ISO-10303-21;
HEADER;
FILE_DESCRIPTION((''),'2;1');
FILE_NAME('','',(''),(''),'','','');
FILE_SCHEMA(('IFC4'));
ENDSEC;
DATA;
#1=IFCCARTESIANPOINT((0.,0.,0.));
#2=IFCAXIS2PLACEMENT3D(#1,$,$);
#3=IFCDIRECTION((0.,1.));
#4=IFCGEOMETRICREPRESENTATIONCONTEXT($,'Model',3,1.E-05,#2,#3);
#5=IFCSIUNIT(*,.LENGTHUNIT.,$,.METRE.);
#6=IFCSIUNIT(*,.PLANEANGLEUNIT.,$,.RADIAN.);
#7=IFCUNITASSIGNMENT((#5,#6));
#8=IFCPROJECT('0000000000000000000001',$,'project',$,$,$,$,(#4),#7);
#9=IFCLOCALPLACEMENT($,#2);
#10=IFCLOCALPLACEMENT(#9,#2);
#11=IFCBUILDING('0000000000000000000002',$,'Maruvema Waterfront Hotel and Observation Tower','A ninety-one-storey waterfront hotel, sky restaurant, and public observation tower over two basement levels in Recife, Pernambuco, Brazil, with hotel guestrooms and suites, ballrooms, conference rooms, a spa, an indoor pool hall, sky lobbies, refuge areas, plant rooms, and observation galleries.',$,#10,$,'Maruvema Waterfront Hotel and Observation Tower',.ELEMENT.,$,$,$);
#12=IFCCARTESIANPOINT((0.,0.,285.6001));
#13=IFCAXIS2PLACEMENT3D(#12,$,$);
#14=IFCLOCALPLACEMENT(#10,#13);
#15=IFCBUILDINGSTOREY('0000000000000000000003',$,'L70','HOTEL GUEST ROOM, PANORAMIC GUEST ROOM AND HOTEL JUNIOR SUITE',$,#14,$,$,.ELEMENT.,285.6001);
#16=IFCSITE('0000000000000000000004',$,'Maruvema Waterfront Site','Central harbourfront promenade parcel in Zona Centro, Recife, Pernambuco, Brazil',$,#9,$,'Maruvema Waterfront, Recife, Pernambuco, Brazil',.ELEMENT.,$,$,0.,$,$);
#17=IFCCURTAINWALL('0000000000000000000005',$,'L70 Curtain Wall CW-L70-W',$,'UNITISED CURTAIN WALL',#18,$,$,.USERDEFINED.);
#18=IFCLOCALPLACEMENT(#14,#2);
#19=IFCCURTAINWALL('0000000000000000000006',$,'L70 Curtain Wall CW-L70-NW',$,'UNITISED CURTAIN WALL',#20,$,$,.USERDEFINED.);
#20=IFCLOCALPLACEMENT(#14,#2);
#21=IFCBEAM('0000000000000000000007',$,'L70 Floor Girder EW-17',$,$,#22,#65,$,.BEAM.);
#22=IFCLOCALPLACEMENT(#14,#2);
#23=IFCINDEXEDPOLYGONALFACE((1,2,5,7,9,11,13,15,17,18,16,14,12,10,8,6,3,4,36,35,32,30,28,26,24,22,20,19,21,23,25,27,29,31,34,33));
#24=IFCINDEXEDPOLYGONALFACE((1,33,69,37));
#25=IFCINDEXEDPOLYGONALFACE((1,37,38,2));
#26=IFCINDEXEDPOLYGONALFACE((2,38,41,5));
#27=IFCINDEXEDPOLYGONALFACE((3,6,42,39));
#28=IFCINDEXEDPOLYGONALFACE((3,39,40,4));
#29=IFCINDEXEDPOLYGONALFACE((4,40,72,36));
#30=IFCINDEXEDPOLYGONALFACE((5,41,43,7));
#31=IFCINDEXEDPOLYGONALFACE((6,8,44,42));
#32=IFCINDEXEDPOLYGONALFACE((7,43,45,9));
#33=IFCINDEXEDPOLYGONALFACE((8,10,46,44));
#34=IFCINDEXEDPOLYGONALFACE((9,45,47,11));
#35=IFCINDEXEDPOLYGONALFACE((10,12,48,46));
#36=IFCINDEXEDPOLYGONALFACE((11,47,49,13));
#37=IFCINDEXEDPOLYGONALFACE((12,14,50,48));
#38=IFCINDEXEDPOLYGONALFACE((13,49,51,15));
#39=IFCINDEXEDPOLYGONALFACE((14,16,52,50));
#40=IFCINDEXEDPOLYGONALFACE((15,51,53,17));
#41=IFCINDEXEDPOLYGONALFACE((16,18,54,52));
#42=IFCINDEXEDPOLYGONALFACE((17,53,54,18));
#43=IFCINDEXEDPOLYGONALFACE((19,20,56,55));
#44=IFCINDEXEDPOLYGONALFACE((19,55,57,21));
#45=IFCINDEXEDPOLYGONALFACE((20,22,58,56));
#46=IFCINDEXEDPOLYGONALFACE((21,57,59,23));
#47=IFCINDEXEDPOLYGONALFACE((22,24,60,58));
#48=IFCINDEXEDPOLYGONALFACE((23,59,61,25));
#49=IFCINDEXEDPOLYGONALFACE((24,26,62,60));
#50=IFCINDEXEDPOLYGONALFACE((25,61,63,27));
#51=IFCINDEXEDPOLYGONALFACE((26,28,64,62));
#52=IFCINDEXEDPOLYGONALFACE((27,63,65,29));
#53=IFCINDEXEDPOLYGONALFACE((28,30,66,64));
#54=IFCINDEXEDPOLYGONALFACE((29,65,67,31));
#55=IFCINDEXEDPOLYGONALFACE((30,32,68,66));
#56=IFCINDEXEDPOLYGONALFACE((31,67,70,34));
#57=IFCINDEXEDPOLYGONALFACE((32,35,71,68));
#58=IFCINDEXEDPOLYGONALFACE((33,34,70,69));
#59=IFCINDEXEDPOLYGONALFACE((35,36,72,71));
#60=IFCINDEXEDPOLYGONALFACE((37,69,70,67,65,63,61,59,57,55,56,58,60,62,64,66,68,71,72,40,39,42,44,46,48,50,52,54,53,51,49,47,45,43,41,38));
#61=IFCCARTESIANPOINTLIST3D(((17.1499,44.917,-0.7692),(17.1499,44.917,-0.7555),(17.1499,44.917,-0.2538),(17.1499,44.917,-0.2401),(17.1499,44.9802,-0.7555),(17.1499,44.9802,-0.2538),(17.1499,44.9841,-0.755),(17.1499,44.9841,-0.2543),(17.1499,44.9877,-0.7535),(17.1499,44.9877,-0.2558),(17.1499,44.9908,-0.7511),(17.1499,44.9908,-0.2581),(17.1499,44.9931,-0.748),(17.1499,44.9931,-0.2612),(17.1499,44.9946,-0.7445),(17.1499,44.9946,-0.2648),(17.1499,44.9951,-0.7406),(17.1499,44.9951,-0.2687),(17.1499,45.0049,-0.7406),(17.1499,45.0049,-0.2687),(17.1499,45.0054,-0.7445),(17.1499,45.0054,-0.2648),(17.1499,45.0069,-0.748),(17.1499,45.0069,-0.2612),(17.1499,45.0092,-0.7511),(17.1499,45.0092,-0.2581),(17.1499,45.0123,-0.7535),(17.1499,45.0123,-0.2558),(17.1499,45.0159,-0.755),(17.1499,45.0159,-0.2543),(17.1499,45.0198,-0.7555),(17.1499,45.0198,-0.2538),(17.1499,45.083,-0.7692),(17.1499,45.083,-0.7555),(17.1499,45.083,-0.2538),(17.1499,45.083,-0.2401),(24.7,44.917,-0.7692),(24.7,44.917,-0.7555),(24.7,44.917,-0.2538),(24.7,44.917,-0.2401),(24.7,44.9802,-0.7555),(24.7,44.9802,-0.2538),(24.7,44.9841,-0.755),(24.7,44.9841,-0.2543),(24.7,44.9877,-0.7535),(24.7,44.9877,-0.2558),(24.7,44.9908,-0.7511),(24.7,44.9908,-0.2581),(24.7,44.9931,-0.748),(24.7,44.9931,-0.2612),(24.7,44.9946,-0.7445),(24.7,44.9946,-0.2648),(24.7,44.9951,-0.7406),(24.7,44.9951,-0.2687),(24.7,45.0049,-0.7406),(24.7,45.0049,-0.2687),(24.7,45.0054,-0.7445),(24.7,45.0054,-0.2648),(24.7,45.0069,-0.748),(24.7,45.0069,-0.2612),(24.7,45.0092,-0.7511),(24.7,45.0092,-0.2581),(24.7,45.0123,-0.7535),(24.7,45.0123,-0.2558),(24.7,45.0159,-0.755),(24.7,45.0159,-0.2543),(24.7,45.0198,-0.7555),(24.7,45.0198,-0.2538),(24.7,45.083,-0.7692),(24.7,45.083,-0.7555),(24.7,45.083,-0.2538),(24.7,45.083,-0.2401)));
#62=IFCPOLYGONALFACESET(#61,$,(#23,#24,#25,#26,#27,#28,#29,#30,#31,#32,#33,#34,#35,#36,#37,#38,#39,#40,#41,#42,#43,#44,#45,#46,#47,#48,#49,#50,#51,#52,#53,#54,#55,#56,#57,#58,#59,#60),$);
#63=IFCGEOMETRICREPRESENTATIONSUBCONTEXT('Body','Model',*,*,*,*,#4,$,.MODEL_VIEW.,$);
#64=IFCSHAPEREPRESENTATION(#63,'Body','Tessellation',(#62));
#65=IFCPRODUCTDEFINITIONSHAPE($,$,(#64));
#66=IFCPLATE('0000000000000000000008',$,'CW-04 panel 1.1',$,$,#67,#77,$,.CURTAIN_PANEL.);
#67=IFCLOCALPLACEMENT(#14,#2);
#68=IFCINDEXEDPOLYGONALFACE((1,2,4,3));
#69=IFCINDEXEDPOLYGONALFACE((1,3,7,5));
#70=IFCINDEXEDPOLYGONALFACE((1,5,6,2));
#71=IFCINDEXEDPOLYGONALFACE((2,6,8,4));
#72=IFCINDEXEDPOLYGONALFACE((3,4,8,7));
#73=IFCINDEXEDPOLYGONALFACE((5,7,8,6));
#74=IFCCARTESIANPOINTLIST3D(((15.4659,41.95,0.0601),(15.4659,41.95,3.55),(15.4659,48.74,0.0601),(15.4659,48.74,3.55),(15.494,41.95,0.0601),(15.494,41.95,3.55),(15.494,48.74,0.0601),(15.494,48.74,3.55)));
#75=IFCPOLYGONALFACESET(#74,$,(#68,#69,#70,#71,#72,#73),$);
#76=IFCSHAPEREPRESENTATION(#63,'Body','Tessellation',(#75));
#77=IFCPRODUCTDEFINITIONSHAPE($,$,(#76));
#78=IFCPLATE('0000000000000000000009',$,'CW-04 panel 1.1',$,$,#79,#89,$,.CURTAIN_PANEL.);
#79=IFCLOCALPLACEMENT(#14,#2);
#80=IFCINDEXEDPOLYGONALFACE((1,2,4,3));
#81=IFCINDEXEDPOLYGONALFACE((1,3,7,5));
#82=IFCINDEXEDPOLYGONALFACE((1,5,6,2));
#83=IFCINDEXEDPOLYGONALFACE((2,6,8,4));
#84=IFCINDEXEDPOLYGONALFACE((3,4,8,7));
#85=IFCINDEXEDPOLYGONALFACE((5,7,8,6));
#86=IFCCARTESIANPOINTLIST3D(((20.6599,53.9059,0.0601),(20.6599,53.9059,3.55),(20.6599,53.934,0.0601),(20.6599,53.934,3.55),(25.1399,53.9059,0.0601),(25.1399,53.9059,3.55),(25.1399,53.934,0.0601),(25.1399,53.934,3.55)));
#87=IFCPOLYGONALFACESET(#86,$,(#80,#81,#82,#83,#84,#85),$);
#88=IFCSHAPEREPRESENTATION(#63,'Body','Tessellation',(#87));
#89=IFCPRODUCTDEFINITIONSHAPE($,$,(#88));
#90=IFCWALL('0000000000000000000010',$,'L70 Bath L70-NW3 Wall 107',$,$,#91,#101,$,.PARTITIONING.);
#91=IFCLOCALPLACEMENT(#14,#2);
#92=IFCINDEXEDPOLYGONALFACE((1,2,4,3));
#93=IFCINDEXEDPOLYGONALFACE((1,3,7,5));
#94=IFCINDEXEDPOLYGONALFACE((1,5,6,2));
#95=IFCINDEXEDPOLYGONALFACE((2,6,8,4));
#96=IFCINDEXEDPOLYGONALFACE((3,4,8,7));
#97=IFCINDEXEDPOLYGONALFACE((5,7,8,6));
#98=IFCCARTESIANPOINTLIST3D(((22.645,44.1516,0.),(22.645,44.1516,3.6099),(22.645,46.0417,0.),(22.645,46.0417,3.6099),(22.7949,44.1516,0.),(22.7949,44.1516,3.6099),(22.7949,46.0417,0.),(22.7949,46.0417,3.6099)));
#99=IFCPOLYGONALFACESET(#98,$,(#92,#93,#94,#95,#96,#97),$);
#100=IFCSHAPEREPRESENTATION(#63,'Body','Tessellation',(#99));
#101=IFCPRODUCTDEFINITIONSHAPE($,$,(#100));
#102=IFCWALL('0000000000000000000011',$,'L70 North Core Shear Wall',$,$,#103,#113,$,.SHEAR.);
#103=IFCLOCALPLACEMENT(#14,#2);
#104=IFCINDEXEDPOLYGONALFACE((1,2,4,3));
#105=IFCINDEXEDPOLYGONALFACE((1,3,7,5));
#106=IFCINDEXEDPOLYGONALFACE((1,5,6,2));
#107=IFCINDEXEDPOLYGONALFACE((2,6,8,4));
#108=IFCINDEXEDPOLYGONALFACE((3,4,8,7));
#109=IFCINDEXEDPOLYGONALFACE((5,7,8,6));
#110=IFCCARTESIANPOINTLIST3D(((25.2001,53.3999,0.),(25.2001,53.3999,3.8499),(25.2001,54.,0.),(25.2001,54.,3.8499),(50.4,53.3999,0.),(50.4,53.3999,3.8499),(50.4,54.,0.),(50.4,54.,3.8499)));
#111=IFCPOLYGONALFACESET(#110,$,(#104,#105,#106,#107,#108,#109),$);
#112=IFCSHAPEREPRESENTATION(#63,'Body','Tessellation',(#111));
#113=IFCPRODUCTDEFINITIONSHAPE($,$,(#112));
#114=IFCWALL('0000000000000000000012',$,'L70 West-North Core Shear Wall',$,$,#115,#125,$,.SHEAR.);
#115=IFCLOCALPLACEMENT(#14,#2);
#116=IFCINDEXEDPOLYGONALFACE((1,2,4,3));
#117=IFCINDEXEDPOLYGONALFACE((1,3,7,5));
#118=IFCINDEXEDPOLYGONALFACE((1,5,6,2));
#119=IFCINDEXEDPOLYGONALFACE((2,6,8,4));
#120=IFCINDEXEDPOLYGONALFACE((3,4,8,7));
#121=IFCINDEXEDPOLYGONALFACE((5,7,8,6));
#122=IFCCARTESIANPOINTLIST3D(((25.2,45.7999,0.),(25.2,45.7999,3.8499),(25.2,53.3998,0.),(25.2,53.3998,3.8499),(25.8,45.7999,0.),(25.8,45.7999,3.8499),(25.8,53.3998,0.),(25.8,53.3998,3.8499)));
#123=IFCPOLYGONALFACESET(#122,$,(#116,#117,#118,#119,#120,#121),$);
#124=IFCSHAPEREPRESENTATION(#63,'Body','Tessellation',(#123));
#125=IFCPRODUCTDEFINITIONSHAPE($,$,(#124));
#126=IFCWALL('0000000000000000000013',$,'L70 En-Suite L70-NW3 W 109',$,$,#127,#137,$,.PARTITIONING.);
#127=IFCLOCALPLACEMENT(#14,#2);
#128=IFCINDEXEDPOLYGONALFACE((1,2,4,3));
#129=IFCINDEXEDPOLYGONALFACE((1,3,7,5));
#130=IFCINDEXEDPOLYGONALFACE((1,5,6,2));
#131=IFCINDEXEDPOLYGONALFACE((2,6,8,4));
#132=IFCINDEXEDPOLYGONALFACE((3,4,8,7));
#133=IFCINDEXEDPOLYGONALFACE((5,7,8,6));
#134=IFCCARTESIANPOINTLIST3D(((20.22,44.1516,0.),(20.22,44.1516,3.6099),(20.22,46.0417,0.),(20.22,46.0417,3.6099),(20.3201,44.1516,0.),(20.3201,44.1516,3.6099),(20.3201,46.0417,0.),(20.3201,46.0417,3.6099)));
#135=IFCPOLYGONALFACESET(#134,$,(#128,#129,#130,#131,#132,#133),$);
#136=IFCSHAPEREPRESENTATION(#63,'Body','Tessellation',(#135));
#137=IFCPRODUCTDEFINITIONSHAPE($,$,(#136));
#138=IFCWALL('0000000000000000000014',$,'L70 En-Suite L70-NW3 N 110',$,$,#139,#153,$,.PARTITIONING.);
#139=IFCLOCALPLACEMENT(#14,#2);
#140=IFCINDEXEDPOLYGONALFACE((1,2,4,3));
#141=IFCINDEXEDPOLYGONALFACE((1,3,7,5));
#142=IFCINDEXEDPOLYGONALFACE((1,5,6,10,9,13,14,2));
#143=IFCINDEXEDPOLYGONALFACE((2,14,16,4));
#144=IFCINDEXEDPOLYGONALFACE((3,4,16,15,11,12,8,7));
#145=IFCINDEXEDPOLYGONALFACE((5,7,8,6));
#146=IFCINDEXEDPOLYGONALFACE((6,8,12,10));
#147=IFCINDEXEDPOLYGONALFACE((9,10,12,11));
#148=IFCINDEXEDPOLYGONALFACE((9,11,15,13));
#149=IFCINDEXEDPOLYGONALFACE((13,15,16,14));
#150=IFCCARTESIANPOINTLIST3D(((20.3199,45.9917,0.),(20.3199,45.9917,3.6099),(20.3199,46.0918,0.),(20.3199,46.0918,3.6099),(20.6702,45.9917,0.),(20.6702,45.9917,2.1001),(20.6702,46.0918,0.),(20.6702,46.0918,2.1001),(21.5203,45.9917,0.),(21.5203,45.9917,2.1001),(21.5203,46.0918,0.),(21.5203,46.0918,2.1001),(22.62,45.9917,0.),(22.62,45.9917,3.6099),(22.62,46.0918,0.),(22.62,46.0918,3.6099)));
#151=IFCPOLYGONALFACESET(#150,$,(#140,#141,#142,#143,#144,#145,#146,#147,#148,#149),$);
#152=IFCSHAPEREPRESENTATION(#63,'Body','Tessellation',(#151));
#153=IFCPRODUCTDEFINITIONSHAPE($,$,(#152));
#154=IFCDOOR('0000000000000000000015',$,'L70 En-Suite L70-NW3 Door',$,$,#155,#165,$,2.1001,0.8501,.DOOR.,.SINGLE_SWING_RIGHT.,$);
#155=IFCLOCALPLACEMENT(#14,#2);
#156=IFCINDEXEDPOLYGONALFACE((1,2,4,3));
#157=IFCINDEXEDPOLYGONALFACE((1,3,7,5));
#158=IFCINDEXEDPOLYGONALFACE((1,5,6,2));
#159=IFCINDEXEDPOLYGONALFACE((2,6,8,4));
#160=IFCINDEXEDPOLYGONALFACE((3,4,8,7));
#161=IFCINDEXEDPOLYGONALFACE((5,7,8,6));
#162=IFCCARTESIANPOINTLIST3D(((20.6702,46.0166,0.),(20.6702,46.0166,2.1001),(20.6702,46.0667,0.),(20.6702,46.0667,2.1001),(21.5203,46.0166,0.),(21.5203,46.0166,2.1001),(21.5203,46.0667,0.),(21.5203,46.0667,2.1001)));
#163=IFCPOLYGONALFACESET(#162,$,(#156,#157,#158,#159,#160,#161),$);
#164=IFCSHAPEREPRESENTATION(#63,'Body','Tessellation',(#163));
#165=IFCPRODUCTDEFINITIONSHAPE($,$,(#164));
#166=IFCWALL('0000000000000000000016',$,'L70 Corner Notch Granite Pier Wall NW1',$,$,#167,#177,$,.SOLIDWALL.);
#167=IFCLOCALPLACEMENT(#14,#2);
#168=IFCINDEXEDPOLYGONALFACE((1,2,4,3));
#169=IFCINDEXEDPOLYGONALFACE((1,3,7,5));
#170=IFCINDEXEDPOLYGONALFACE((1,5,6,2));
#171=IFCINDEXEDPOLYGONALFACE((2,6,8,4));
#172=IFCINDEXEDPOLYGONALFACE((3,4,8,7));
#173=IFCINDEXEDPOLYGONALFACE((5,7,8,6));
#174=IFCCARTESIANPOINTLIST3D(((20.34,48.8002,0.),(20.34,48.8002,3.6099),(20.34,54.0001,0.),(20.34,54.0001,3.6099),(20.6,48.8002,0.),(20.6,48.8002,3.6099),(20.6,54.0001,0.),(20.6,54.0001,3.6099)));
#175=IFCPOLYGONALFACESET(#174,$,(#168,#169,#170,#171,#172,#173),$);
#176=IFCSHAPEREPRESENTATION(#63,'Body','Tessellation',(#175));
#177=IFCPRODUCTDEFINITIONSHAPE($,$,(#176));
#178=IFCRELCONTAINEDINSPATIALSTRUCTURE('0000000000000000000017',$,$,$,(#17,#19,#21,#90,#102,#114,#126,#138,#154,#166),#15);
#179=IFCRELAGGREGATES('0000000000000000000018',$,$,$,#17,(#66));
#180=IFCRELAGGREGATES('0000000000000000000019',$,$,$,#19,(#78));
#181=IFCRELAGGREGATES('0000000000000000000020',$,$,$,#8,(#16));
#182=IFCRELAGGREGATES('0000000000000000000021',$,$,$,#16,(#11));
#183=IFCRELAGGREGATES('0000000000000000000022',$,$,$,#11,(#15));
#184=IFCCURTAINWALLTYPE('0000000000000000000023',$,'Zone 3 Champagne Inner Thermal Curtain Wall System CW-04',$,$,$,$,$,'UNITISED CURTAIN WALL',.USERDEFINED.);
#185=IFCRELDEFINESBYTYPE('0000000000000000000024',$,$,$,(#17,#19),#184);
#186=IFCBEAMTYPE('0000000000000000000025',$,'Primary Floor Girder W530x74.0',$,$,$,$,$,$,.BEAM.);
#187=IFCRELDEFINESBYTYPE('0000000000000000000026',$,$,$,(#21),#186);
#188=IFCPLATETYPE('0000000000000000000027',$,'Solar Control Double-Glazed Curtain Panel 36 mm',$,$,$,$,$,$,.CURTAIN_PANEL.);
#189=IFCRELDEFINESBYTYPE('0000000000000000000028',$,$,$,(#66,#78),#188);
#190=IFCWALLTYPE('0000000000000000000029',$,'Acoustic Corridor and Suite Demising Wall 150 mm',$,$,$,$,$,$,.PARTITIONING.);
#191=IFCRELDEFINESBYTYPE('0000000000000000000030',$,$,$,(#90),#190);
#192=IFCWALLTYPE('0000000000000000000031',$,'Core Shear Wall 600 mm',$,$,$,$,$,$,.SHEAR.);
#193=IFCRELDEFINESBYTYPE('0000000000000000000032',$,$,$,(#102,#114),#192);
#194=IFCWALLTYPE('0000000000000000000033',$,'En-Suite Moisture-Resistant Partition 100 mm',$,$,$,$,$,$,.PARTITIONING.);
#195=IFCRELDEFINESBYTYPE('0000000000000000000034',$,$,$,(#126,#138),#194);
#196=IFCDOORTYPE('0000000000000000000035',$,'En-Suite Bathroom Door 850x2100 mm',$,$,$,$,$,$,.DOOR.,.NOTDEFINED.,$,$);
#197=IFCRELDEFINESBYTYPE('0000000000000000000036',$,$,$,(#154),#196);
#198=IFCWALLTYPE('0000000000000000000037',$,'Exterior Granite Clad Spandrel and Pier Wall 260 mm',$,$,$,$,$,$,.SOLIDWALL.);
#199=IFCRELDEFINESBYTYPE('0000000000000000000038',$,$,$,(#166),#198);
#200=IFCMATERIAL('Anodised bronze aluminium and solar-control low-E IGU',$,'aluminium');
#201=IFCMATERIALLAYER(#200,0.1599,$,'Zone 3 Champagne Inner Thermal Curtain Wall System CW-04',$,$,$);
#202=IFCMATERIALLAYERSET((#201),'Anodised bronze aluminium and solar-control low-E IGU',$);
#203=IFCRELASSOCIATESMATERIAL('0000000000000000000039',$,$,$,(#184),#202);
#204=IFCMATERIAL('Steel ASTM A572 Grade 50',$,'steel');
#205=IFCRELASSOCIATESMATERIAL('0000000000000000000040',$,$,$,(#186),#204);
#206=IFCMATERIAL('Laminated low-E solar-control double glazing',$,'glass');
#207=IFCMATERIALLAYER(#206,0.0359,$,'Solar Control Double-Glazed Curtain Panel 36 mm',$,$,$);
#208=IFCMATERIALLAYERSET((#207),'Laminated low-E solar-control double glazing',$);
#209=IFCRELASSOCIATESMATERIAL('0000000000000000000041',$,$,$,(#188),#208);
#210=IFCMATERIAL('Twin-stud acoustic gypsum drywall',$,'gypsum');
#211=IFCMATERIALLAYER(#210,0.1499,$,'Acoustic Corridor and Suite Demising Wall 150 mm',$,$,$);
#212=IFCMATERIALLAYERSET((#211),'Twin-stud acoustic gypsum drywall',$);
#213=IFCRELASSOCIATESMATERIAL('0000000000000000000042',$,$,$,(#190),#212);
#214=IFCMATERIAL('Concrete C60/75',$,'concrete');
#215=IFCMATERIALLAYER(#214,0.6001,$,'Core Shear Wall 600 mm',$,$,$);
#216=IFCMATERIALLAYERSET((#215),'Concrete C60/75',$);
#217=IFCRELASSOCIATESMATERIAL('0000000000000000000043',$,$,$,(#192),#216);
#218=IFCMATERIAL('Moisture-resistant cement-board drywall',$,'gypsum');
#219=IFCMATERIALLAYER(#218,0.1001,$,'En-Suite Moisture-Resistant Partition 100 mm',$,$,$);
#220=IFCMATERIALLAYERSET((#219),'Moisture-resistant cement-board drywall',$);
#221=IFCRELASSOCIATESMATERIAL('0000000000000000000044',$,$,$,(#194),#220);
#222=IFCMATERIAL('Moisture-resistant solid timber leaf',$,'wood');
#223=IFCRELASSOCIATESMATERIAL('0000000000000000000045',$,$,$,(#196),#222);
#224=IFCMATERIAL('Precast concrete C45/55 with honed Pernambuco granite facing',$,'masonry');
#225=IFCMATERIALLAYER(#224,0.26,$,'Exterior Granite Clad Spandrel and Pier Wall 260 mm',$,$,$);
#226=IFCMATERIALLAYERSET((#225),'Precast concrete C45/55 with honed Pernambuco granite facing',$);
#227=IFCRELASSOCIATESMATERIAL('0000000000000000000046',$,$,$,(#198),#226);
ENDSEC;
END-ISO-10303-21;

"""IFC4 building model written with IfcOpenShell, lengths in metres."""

from ifc_helpers import new_model, si_unit, direction, frame, frame_2d, origin, origin_2d, place, context, subcontext, project, spatial, rectangle, i_section, extrude, material, layer, layer_set, material_profile, profile_set, type_object, element, fill, aggregate, save


model = new_model("IFC4")

# Units and contexts
model_context = context("Model", 3, precision=1e-05, world=origin(), true_north=direction((0.0, 1.0)))
body_context = subcontext(model_context, "Body", "Model", "MODEL_VIEW")
ifc_project = project(units=[si_unit("LENGTHUNIT", "METRE"), si_unit("PLANEANGLEUNIT", "RADIAN")], contexts=[model_context])

# Site, building, storey
site_placement = place(None, origin())
site = spatial("IfcSite", under=ifc_project, at=site_placement, Name="Maruvema Waterfront Site", Description="Central harbourfront promenade parcel in Zona Centro, Recife, Pernambuco, Brazil", LongName="Maruvema Waterfront, Recife, Pernambuco, Brazil", CompositionType="ELEMENT", RefElevation=0.0)
building_placement = place(site_placement, origin())
building = spatial("IfcBuilding", under=site, at=building_placement, Name="Maruvema Waterfront Hotel and Observation Tower", Description="A ninety-one-storey waterfront hotel, sky restaurant, and public observation tower over two basement levels in Recife, Pernambuco, Brazil, with hotel guestrooms and suites, ballrooms, conference rooms, a spa, an indoor pool hall, sky lobbies, refuge areas, plant rooms, and observation galleries.", LongName="Maruvema Waterfront Hotel and Observation Tower", CompositionType="ELEMENT")
storey_placement = place(building_placement, frame((0.0, 0.0, 285.6001)))
storey = spatial("IfcBuildingStorey", under=building, at=storey_placement, Name="L70", Description="HOTEL GUEST ROOM, PANORAMIC GUEST ROOM AND HOTEL JUNIOR SUITE", CompositionType="ELEMENT", Elevation=285.6001)

# Curtain walls
ifc_material_1 = material(Name="Anodised bronze aluminium and solar-control low-E IGU", Category="aluminium")
ifc_layer_1 = layer(ifc_material_1, 0.1599, Name="Zone 3 Champagne Inner Thermal Curtain Wall System CW-04")
ifc_layer_set_1 = layer_set([ifc_layer_1], Name="Anodised bronze aluminium and solar-control low-E IGU")
curtain_wall_type = type_object("IfcCurtainWallType", Name="Zone 3 Champagne Inner Thermal Curtain Wall System CW-04", ElementType="UNITISED CURTAIN WALL", PredefinedType="USERDEFINED", material=ifc_layer_set_1)
curtain_wall_1_placement = place(storey_placement, origin())
curtain_wall_1 = element("IfcCurtainWall", 1, at=curtain_wall_1_placement, inside=storey, type_object=curtain_wall_type, Name="L70 Curtain Wall CW-L70-W", ObjectType="UNITISED CURTAIN WALL", PredefinedType="USERDEFINED")
curtain_wall_2_placement = place(storey_placement, origin())
curtain_wall_2 = element("IfcCurtainWall", 2, at=curtain_wall_2_placement, inside=storey, type_object=curtain_wall_type, Name="L70 Curtain Wall CW-L70-NW", ObjectType="UNITISED CURTAIN WALL", PredefinedType="USERDEFINED")

# Beam
ifc_material_2 = material(Name="Steel ASTM A572 Grade 50", Category="steel")
ifc_material_profile_1 = material_profile(ifc_material_2, i_section(OverallWidth=0.166, OverallDepth=0.5291, WebThickness=0.0098, FlangeThickness=0.0137, FilletRadius=0.0149, at=origin_2d()), Name="W530x74.0")
ifc_profile_set_1 = profile_set([ifc_material_profile_1], Name="Steel ASTM A572 Grade 50")
beam_type = type_object("IfcBeamType", Name="Primary Floor Girder W530x74.0", PredefinedType="BEAM", material=ifc_profile_set_1)
beam_placement = place(storey_placement, frame((17.1499, 45.0, -0.5046), z_axis=(1.0, 0.0, 0.0), x_axis=(0.0, 1.0, 0.0)))
element("IfcBeam", 3, at=beam_placement, inside=storey, type_object=beam_type, Name="L70 Floor Girder EW-17", PredefinedType="BEAM", context=body_context, shape_type="SweptSolid", body=[
    extrude(i_section(OverallWidth=0.166, OverallDepth=0.5291, WebThickness=0.0098, FlangeThickness=0.0137, FilletRadius=0.0149, at=origin_2d()), origin(), (0.0, 0.0, 1.0), 7.55),
])

# Plates
ifc_material_3 = material(Name="Laminated low-E solar-control double glazing", Category="glass")
ifc_layer_2 = layer(ifc_material_3, 0.0359, Name="Solar Control Double-Glazed Curtain Panel 36 mm")
ifc_layer_set_2 = layer_set([ifc_layer_2], Name="Laminated low-E solar-control double glazing")
plate_type = type_object("IfcPlateType", Name="Solar Control Double-Glazed Curtain Panel 36 mm", PredefinedType="CURTAIN_PANEL", material=ifc_layer_set_2)
plate_1_placement = place(storey_placement, frame((15.48, 45.345, 0.0601), z_axis=(0.0, 0.0, 1.0), x_axis=(0.0, -1.0, 0.0)))
plate_1 = element("IfcPlate", 4, at=plate_1_placement, type_object=plate_type, Name="CW-04 panel 1.1", PredefinedType="CURTAIN_PANEL", context=body_context, shape_type="SweptSolid", body=[
    extrude(rectangle(XDim=6.79, YDim=0.0281, at=origin_2d()), origin(), (0.0, 0.0, 1.0), 3.49),
])
aggregate(curtain_wall_1, [plate_1])
plate_2_placement = place(storey_placement, frame((22.8999, 53.9199, 0.0601), z_axis=(0.0, 0.0, 1.0), x_axis=(-1.0, 0.0, 0.0)))
plate_2 = element("IfcPlate", 5, at=plate_2_placement, type_object=plate_type, Name="CW-04 panel 1.1", PredefinedType="CURTAIN_PANEL", context=body_context, shape_type="SweptSolid", body=[
    extrude(rectangle(XDim=4.48, YDim=0.0281, at=origin_2d()), origin(), (0.0, 0.0, 1.0), 3.49),
])
aggregate(curtain_wall_2, [plate_2])

# Wall
ifc_material_4 = material(Name="Twin-stud acoustic gypsum drywall", Category="gypsum")
ifc_layer_3 = layer(ifc_material_4, 0.1499, Name="Acoustic Corridor and Suite Demising Wall 150 mm")
ifc_layer_set_3 = layer_set([ifc_layer_3], Name="Twin-stud acoustic gypsum drywall")
wall_type_1 = type_object("IfcWallType", Name="Acoustic Corridor and Suite Demising Wall 150 mm", PredefinedType="PARTITIONING", material=ifc_layer_set_3)
wall_1_placement = place(storey_placement, frame((22.72, 44.1516, 0.0), z_axis=(0.0, 0.0, 1.0), x_axis=(0.0, 1.0, 0.0)))
element("IfcWall", 6, at=wall_1_placement, inside=storey, type_object=wall_type_1, Name="L70 Bath L70-NW3 Wall 107", PredefinedType="PARTITIONING", context=body_context, shape_type="SweptSolid", body=[
    extrude(rectangle(XDim=1.8901, YDim=0.1499, at=frame_2d((0.9451, 0.0))), origin(), (0.0, 0.0, 1.0), 3.6099),
])

# Walls
ifc_material_5 = material(Name="Concrete C60/75", Category="concrete")
ifc_layer_4 = layer(ifc_material_5, 0.6001, Name="Core Shear Wall 600 mm")
ifc_layer_set_4 = layer_set([ifc_layer_4], Name="Concrete C60/75")
wall_type_2 = type_object("IfcWallType", Name="Core Shear Wall 600 mm", PredefinedType="SHEAR", material=ifc_layer_set_4)
wall_2_placement = place(storey_placement, frame((25.2, 53.7, 0.0), z_axis=(0.0, 0.0, 1.0), x_axis=(1.0, 0.0, 0.0)))
element("IfcWall", 7, at=wall_2_placement, inside=storey, type_object=wall_type_2, Name="L70 North Core Shear Wall", PredefinedType="SHEAR", context=body_context, shape_type="SweptSolid", body=[
    extrude(rectangle(XDim=25.2, YDim=0.6001, at=frame_2d((12.6001, 0.0))), origin(), (0.0, 0.0, 1.0), 3.8499),
])
wall_3_placement = place(storey_placement, frame((25.5, 45.8, 0.0), z_axis=(0.0, 0.0, 1.0), x_axis=(0.0, 1.0, 0.0)))
element("IfcWall", 8, at=wall_3_placement, inside=storey, type_object=wall_type_2, Name="L70 West-North Core Shear Wall", PredefinedType="SHEAR", context=body_context, shape_type="SweptSolid", body=[
    extrude(rectangle(XDim=7.5999, YDim=0.6001, at=frame_2d((3.7998, 0.0))), origin(), (0.0, 0.0, 1.0), 3.8499),
])
ifc_material_6 = material(Name="Moisture-resistant cement-board drywall", Category="gypsum")
ifc_layer_5 = layer(ifc_material_6, 0.1001, Name="En-Suite Moisture-Resistant Partition 100 mm")
ifc_layer_set_5 = layer_set([ifc_layer_5], Name="Moisture-resistant cement-board drywall")
wall_type_3 = type_object("IfcWallType", Name="En-Suite Moisture-Resistant Partition 100 mm", PredefinedType="PARTITIONING", material=ifc_layer_set_5)
wall_4_placement = place(storey_placement, frame((20.27, 44.1516, 0.0), z_axis=(0.0, 0.0, 1.0), x_axis=(0.0, 1.0, 0.0)))
element("IfcWall", 9, at=wall_4_placement, inside=storey, type_object=wall_type_3, Name="L70 En-Suite L70-NW3 W 109", PredefinedType="PARTITIONING", context=body_context, shape_type="SweptSolid", body=[
    extrude(rectangle(XDim=1.8901, YDim=0.1001, at=frame_2d((0.9451, 0.0))), origin(), (0.0, 0.0, 1.0), 3.6099),
])

# Wall, opening, door
wall_5_placement = place(storey_placement, frame((20.3201, 46.0417, 0.0), z_axis=(0.0, 0.0, 1.0), x_axis=(1.0, 0.0, 0.0)))
wall_5 = element("IfcWall", 10, at=wall_5_placement, inside=storey, type_object=wall_type_3, Name="L70 En-Suite L70-NW3 N 110", PredefinedType="PARTITIONING", context=body_context, shape_type="SweptSolid", body=[
    extrude(rectangle(XDim=2.3, YDim=0.1001, at=frame_2d((1.1499, 0.0))), origin(), (0.0, 0.0, 1.0), 3.6099),
])
opening_1_placement = place(wall_5_placement, frame((0.3501, 0.0, 0.0)))
opening_1 = element("IfcOpeningElement", 11, at=opening_1_placement, cuts=wall_5, PredefinedType="OPENING", context=body_context, shape_type="SweptSolid", body=[
    extrude(rectangle(XDim=0.8501, YDim=2.1001, at=frame_2d((0.425, 1.05))), frame((0.0, 0.0601, 0.0), z_axis=(0.0, -1.0, 0.0), x_axis=(1.0, 0.0, 0.0)), (0.0, 0.0, 1.0), 0.1201),
])
ifc_material_7 = material(Name="Moisture-resistant solid timber leaf", Category="wood")
door_type_1 = type_object("IfcDoorType", Name="En-Suite Bathroom Door 850x2100 mm", OperationType="NOTDEFINED", PredefinedType="DOOR", material=ifc_material_7)
door_1_placement = place(opening_1_placement, origin())
door_1 = element("IfcDoor", 12, at=door_1_placement, inside=storey, type_object=door_type_1, Name="L70 En-Suite L70-NW3 Door", OperationType="SINGLE_SWING_RIGHT", OverallHeight=2.1001, OverallWidth=0.8501, PredefinedType="DOOR", context=body_context, shape_type="SweptSolid", body=[
    extrude(rectangle(XDim=0.8501, YDim=2.1001, at=frame_2d((0.425, 1.05))), frame((0.0, 0.0249, 0.0), z_axis=(0.0, -1.0, 0.0), x_axis=(1.0, 0.0, 0.0)), (0.0, 0.0, 1.0), 0.05),
])
fill(opening_1, door_1)

# Wall
ifc_material_8 = material(Name="Precast concrete C45/55 with honed Pernambuco granite facing", Category="masonry")
ifc_layer_6 = layer(ifc_material_8, 0.26, Name="Exterior Granite Clad Spandrel and Pier Wall 260 mm")
ifc_layer_set_6 = layer_set([ifc_layer_6], Name="Precast concrete C45/55 with honed Pernambuco granite facing")
wall_type_4 = type_object("IfcWallType", Name="Exterior Granite Clad Spandrel and Pier Wall 260 mm", PredefinedType="SOLIDWALL", material=ifc_layer_set_6)
wall_6_placement = place(storey_placement, frame((20.47, 48.8, 0.0), z_axis=(0.0, 0.0, 1.0), x_axis=(0.0, 1.0, 0.0)))
element("IfcWall", 13, at=wall_6_placement, inside=storey, type_object=wall_type_4, Name="L70 Corner Notch Granite Pier Wall NW1", PredefinedType="SOLIDWALL", context=body_context, shape_type="SweptSolid", body=[
    extrude(rectangle(XDim=5.2, YDim=0.26, at=frame_2d((2.6001, 0.0))), origin(), (0.0, 0.0, 1.0), 3.6099),
])

save(model, "model.ifc")
